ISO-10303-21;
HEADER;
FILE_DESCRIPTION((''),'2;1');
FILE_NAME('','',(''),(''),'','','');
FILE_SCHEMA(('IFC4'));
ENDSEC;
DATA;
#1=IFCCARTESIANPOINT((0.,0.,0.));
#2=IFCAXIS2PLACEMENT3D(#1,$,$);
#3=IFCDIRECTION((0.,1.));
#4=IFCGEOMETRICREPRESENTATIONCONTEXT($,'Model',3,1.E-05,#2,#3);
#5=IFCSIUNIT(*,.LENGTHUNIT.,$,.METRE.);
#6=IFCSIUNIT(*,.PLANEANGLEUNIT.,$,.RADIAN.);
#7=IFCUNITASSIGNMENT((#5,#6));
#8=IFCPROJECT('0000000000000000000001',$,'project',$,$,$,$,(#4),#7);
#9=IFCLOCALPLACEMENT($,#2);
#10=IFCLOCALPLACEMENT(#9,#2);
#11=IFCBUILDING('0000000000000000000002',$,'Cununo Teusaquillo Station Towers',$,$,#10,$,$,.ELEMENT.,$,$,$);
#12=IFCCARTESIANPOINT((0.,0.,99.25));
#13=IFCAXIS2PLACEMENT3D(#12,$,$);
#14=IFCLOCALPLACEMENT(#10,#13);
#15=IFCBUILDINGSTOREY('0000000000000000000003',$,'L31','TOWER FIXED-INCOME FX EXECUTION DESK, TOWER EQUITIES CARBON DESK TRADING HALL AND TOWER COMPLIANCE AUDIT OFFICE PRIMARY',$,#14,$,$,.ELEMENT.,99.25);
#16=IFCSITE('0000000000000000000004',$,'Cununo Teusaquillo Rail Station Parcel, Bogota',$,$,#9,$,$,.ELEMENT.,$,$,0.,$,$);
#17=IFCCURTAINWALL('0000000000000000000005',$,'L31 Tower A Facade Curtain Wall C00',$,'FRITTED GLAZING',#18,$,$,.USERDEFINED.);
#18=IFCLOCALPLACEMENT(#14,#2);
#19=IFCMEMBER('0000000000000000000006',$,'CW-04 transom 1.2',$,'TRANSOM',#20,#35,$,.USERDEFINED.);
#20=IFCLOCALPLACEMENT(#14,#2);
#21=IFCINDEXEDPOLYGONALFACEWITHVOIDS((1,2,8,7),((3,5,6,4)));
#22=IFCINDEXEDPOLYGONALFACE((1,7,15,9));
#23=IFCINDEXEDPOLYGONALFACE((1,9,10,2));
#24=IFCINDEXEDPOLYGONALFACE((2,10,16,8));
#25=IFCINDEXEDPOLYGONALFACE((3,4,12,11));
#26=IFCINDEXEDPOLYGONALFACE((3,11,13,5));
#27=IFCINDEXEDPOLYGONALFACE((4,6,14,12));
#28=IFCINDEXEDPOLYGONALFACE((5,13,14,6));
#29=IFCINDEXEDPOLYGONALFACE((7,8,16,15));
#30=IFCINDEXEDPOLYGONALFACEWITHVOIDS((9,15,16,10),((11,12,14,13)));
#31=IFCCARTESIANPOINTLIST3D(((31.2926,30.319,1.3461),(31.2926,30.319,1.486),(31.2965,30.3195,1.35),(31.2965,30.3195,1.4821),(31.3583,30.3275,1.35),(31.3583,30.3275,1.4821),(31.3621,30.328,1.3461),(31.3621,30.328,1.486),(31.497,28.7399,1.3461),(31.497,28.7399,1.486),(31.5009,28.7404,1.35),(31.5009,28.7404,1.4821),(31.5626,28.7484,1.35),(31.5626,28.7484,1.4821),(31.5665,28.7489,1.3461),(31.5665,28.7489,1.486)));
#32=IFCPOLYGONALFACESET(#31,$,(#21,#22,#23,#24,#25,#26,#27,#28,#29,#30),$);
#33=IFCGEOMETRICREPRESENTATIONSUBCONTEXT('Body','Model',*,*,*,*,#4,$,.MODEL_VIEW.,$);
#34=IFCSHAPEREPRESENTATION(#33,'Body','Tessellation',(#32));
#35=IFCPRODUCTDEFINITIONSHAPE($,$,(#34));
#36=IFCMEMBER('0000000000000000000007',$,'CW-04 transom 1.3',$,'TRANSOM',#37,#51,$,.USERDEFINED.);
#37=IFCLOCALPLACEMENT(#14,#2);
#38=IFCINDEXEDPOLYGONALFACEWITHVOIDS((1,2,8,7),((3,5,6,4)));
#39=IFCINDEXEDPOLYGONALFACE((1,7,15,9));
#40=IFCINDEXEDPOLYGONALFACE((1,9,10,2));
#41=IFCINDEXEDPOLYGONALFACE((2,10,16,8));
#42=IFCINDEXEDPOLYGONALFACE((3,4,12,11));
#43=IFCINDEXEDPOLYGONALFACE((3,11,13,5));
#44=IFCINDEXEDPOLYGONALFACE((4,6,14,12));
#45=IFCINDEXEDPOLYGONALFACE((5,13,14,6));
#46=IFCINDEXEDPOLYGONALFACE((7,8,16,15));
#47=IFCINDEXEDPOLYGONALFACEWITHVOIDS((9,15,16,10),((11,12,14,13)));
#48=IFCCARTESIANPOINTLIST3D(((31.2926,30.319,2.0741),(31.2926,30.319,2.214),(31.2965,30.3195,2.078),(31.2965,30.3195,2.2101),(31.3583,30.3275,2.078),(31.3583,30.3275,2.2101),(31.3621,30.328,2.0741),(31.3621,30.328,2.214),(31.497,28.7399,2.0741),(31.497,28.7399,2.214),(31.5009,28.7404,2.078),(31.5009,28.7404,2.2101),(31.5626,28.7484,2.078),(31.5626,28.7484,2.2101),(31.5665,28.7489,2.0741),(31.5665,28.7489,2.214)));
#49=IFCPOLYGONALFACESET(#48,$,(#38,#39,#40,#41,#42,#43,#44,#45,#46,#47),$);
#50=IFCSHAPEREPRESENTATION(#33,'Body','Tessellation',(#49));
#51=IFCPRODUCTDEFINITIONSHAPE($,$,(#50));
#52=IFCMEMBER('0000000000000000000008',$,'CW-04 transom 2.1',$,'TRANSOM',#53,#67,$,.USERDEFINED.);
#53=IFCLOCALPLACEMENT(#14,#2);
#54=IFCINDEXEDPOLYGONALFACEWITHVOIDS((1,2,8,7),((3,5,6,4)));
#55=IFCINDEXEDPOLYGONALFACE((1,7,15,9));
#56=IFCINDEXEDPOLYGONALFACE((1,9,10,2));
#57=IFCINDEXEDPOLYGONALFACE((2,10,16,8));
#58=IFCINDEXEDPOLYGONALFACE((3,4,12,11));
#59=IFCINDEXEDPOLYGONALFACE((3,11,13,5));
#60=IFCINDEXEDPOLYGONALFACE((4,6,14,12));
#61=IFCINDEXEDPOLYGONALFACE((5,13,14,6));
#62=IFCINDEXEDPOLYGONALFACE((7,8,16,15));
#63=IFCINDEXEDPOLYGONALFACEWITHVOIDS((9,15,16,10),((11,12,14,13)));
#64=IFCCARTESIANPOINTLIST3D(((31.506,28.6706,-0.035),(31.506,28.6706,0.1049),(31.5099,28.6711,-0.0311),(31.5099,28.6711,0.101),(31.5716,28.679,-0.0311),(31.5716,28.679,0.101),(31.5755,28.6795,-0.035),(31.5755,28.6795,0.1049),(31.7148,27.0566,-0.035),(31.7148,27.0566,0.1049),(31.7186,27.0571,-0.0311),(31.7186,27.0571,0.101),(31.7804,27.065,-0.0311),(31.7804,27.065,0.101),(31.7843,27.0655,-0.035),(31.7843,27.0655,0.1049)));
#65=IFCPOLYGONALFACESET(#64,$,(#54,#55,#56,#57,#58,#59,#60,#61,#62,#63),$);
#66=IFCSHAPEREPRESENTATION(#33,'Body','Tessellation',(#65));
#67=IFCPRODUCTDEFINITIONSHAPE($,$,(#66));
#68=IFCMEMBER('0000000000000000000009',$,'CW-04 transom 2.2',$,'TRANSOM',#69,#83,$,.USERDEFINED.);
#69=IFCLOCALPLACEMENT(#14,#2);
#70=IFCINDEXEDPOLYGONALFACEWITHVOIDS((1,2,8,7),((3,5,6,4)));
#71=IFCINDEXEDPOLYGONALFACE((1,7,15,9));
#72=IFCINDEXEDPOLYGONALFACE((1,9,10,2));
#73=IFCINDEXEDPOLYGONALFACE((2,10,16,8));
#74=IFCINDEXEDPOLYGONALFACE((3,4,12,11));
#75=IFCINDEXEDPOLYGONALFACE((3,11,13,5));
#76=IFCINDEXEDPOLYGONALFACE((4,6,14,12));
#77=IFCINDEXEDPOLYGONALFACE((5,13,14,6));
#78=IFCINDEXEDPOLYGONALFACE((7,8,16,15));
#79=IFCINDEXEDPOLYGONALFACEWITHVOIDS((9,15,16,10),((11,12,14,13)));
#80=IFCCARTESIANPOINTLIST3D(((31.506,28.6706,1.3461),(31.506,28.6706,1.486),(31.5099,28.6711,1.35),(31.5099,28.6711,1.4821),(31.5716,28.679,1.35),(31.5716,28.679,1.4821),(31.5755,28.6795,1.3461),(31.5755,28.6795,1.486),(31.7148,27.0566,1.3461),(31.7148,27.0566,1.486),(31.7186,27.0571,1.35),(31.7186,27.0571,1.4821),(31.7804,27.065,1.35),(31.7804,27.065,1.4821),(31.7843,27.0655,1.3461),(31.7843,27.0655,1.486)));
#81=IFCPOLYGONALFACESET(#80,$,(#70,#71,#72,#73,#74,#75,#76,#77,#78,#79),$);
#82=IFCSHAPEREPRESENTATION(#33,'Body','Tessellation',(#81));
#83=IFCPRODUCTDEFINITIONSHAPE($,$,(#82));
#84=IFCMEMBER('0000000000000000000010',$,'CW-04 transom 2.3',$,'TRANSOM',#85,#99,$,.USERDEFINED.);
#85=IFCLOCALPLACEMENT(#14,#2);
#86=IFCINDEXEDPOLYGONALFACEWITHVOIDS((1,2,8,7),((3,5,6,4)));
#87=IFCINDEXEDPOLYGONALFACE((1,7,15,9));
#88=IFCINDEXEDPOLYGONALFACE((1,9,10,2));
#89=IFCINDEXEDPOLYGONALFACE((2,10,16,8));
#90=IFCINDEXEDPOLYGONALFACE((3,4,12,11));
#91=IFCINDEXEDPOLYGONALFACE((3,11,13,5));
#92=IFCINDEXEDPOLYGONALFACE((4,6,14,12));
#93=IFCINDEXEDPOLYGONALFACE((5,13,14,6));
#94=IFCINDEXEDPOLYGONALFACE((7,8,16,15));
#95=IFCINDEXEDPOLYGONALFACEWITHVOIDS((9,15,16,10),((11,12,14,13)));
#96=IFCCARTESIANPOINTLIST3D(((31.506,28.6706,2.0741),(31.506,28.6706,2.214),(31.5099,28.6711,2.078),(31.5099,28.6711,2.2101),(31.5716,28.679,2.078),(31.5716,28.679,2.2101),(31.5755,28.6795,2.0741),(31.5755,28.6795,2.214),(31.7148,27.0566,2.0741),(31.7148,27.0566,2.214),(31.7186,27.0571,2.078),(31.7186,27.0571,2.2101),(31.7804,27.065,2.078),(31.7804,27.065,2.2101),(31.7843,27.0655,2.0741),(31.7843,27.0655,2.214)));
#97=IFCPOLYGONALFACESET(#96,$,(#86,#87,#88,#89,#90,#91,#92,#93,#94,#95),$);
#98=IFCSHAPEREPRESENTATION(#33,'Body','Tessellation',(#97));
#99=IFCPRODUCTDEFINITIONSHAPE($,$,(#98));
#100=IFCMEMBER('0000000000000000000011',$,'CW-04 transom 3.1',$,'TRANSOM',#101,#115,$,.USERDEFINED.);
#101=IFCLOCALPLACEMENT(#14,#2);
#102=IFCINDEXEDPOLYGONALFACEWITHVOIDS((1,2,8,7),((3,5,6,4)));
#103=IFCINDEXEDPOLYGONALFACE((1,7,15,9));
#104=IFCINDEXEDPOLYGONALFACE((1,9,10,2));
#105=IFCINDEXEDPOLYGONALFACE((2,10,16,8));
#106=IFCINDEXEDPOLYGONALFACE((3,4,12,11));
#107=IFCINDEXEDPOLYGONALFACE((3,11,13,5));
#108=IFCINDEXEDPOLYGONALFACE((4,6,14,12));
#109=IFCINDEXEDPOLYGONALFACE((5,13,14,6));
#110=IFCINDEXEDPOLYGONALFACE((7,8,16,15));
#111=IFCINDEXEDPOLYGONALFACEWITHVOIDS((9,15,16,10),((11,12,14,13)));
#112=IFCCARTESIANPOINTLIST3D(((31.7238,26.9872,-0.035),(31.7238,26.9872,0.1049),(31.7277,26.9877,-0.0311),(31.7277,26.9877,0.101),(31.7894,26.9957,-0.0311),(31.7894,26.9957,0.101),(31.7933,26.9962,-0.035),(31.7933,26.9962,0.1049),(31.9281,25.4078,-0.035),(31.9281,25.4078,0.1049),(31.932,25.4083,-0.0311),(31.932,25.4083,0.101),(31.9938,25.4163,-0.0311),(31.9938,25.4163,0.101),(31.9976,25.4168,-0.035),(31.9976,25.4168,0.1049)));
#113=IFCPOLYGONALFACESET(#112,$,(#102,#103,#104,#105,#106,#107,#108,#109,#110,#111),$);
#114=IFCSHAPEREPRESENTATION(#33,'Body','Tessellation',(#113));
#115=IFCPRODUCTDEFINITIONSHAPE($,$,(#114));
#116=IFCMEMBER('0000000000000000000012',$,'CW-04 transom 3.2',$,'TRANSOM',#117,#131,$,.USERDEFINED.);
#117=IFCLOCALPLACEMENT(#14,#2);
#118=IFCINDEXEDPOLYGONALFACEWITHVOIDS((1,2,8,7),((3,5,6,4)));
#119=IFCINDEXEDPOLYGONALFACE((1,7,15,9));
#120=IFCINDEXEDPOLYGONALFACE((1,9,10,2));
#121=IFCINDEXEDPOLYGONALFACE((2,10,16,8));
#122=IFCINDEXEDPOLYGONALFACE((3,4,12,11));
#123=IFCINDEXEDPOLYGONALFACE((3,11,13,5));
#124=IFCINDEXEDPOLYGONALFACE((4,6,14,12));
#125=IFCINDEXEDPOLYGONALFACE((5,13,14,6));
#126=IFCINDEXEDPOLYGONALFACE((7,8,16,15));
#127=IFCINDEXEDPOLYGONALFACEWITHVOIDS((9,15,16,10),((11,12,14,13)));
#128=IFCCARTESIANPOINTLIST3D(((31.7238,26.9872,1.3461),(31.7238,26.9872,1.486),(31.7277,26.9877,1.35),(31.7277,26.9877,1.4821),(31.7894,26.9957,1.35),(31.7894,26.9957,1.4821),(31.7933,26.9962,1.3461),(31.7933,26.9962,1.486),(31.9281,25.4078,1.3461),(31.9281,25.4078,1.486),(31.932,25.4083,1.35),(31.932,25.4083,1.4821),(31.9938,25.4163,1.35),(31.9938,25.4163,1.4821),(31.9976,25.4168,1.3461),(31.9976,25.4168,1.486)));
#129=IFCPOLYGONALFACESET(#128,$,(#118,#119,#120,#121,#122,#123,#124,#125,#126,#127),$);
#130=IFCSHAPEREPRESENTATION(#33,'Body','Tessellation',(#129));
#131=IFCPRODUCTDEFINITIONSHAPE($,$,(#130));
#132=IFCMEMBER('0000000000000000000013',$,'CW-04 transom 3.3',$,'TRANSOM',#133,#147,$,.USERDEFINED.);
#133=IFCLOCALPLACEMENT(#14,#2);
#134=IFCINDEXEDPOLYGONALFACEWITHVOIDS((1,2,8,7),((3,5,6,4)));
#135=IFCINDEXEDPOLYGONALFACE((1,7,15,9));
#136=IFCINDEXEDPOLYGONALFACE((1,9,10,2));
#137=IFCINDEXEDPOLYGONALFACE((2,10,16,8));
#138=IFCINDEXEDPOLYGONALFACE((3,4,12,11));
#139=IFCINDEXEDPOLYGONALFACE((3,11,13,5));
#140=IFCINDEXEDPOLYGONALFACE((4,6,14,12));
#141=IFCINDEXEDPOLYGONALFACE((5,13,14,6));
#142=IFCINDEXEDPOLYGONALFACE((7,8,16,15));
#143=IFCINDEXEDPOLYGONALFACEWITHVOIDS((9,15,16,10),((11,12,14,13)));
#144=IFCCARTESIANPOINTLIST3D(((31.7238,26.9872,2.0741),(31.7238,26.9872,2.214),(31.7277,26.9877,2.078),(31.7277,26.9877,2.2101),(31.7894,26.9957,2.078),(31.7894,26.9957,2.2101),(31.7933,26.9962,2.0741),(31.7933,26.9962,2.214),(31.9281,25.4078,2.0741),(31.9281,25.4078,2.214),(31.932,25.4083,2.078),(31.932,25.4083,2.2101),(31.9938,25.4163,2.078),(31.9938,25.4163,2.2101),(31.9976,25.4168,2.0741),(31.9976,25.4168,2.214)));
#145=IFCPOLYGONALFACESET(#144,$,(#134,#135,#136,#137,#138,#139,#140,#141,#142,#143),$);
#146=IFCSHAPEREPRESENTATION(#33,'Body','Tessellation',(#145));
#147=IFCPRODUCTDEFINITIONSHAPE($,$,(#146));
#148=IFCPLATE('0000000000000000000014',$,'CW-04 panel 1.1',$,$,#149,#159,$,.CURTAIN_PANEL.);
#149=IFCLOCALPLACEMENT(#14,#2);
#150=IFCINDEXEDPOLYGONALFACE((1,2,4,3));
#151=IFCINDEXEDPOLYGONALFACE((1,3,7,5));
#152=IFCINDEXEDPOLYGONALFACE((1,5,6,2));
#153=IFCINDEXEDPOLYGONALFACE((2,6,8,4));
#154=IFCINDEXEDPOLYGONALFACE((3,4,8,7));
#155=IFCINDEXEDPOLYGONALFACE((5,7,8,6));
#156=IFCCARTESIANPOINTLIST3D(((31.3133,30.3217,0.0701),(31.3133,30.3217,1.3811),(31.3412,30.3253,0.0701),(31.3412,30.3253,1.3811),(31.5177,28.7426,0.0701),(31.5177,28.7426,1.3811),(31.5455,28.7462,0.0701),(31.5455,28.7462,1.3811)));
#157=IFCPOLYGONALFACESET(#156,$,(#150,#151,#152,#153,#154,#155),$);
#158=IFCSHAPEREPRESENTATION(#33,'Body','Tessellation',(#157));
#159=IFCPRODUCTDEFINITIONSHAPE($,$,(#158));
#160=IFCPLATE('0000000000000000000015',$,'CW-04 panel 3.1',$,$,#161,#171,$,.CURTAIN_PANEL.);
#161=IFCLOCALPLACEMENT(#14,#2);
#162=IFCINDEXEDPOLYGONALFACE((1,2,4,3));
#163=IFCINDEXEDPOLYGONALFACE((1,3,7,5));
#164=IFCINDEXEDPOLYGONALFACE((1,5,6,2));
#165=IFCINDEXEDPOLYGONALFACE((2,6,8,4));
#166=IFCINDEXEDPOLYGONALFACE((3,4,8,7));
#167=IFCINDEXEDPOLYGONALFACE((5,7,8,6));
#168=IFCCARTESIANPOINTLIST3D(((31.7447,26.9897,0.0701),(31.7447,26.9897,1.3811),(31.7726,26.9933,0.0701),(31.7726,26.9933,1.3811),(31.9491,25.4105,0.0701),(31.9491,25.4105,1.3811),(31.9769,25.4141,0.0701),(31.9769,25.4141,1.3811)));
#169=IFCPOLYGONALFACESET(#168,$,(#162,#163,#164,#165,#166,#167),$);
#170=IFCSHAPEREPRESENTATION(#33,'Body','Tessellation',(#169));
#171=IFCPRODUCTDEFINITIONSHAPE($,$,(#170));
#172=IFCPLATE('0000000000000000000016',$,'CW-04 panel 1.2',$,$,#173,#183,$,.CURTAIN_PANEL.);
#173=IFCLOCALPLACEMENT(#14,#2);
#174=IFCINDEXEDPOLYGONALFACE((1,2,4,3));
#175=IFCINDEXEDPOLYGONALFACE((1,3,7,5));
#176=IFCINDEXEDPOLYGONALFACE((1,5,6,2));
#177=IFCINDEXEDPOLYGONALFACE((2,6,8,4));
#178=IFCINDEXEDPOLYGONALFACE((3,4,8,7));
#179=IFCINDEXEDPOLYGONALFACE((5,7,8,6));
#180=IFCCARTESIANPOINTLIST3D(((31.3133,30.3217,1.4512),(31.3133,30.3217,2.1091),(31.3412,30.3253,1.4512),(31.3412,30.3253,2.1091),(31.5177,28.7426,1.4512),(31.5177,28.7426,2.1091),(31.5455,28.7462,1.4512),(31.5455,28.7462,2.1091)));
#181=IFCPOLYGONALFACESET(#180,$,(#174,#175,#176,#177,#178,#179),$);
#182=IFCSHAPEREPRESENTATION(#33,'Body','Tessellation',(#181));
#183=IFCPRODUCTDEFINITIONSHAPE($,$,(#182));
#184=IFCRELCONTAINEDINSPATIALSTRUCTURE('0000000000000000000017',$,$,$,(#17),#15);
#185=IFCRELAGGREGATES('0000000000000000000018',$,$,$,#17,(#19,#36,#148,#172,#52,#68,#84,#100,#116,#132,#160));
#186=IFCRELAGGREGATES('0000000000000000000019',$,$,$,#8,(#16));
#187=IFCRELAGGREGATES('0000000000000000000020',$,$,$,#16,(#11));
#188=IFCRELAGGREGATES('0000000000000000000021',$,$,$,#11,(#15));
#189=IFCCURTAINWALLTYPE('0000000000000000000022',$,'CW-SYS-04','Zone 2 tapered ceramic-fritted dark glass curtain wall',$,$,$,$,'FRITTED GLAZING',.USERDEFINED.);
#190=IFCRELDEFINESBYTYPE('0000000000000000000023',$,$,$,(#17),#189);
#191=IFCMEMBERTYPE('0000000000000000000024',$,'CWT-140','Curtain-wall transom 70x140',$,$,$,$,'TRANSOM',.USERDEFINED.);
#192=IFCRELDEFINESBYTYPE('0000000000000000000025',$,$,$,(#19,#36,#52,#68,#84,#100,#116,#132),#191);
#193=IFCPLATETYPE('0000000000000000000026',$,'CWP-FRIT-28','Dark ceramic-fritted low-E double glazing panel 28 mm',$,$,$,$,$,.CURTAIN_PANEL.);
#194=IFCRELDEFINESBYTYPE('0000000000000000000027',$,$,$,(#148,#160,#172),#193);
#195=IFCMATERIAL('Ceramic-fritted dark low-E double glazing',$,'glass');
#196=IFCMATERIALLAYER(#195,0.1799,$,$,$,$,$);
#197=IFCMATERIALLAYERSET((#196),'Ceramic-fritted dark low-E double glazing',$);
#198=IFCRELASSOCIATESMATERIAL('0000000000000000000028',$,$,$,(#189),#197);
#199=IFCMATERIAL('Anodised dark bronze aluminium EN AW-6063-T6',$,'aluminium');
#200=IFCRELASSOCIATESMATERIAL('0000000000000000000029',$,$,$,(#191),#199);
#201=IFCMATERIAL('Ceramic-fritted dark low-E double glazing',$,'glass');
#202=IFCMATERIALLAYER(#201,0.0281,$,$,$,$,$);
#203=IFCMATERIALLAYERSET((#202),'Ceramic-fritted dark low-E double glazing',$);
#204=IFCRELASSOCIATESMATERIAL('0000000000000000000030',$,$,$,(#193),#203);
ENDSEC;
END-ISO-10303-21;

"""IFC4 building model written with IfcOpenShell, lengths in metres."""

from ifc_helpers import new_model, si_unit, direction, frame, origin, origin_2d, place, context, subcontext, project, spatial, rectangle, hollow_rectangle, extrude, source, transform, mapped, material, layer, layer_set, material_profile, profile_set, type_object, element, aggregate, save


model = new_model("IFC4")

# Units and contexts
model_context = context("Model", 3, precision=1e-05, world=origin(), true_north=direction((0.0, 1.0)))
body_context = subcontext(model_context, "Body", "Model", "MODEL_VIEW")
ifc_project = project(units=[si_unit("LENGTHUNIT", "METRE"), si_unit("PLANEANGLEUNIT", "RADIAN")], contexts=[model_context])

# Site, building, storey
site_placement = place(None, origin())
site = spatial("IfcSite", under=ifc_project, at=site_placement, Name="Cununo Teusaquillo Rail Station Parcel, Bogota", CompositionType="ELEMENT", RefElevation=0.0)
building_placement = place(site_placement, origin())
building = spatial("IfcBuilding", under=site, at=building_placement, Name="Cununo Teusaquillo Station Towers", CompositionType="ELEMENT")
storey_placement = place(building_placement, frame((0.0, 0.0, 99.25)))
storey = spatial("IfcBuildingStorey", under=building, at=storey_placement, Name="L31", Description="TOWER FIXED-INCOME FX EXECUTION DESK, TOWER EQUITIES CARBON DESK TRADING HALL AND TOWER COMPLIANCE AUDIT OFFICE PRIMARY", CompositionType="ELEMENT", Elevation=99.25)

# Curtain wall, members, plates
ifc_material_1 = material(Name="Ceramic-fritted dark low-E double glazing", Category="glass")
ifc_layer_1 = layer(ifc_material_1, 0.1799)
ifc_layer_set_1 = layer_set([ifc_layer_1], Name="Ceramic-fritted dark low-E double glazing")
curtain_wall_type = type_object("IfcCurtainWallType", Name="CW-SYS-04", Description="Zone 2 tapered ceramic-fritted dark glass curtain wall", ElementType="FRITTED GLAZING", PredefinedType="USERDEFINED", material=ifc_layer_set_1)
curtain_wall_placement = place(storey_placement, origin())
curtain_wall = element("IfcCurtainWall", 1, at=curtain_wall_placement, inside=storey, type_object=curtain_wall_type, Name="L31 Tower A Facade Curtain Wall C00", ObjectType="FRITTED GLAZING", PredefinedType="USERDEFINED")
ifc_material_2 = material(Name="Anodised dark bronze aluminium EN AW-6063-T6", Category="aluminium")
ifc_material_profile_1 = material_profile(ifc_material_2, hollow_rectangle(XDim=0.0701, YDim=0.1399, WallThickness=0.0039, at=origin_2d()), Name="CW-TRAN-70x140")
ifc_profile_set_1 = profile_set([ifc_material_profile_1], Name="Anodised dark bronze aluminium EN AW-6063-T6")
member_type_1 = type_object("IfcMemberType", Name="CWT-140", Description="Curtain-wall transom 70x140", ElementType="TRANSOM", PredefinedType="USERDEFINED", material=ifc_profile_set_1)
member_1_placement = place(storey_placement, frame((31.3274, 30.3235, 1.416), z_axis=(0.128336, -0.991731, 0.0), x_axis=(0.991731, 0.128336, 0.0)))
member_1 = element("IfcMember", 2, at=member_1_placement, type_object=member_type_1, Name="CW-04 transom 1.2", ObjectType="TRANSOM", PredefinedType="USERDEFINED", context=body_context, shape_type="SweptSolid", body=[
    extrude(hollow_rectangle(XDim=0.0701, YDim=0.1399, WallThickness=0.0039, at=origin_2d()), origin(), (0.0, 0.0, 1.0), 1.5923),
])
member_2_placement = place(storey_placement, frame((31.3274, 30.3235, 2.144), z_axis=(0.128336, -0.991731, 0.0), x_axis=(0.991731, 0.128336, 0.0)))
member_2 = element("IfcMember", 3, at=member_2_placement, type_object=member_type_1, Name="CW-04 transom 1.3", ObjectType="TRANSOM", PredefinedType="USERDEFINED", context=body_context, shape_type="SweptSolid", body=[
    extrude(hollow_rectangle(XDim=0.0701, YDim=0.1399, WallThickness=0.0039, at=origin_2d()), origin(), (0.0, 0.0, 1.0), 1.5923),
])
member_3_placement = place(storey_placement, frame((31.5408, 28.675, 0.0349), z_axis=(0.128262, -0.99174, 0.0), x_axis=(0.99174, 0.128262, 0.0)))
member_3 = element("IfcMember", 4, at=member_3_placement, type_object=member_type_1, Name="CW-04 transom 2.1", ObjectType="TRANSOM", PredefinedType="USERDEFINED", context=body_context, shape_type="SweptSolid", body=[
    extrude(hollow_rectangle(XDim=0.0701, YDim=0.1399, WallThickness=0.0039, at=origin_2d()), origin(), (0.0, 0.0, 1.0), 1.6274),
])
member_4_placement = place(storey_placement, frame((31.5408, 28.675, 1.416), z_axis=(0.128262, -0.99174, 0.0), x_axis=(0.99174, 0.128262, 0.0)))
member_4 = element("IfcMember", 5, at=member_4_placement, type_object=member_type_1, Name="CW-04 transom 2.2", ObjectType="TRANSOM", PredefinedType="USERDEFINED", context=body_context, shape_type="SweptSolid", body=[
    extrude(hollow_rectangle(XDim=0.0701, YDim=0.1399, WallThickness=0.0039, at=origin_2d()), origin(), (0.0, 0.0, 1.0), 1.6274),
])
member_5_placement = place(storey_placement, frame((31.5408, 28.675, 2.144), z_axis=(0.128262, -0.99174, 0.0), x_axis=(0.99174, 0.128262, 0.0)))
member_5 = element("IfcMember", 6, at=member_5_placement, type_object=member_type_1, Name="CW-04 transom 2.3", ObjectType="TRANSOM", PredefinedType="USERDEFINED", context=body_context, shape_type="SweptSolid", body=[
    extrude(hollow_rectangle(XDim=0.0701, YDim=0.1399, WallThickness=0.0039, at=origin_2d()), origin(), (0.0, 0.0, 1.0), 1.6274),
])
member_6_placement = place(storey_placement, frame((31.7585, 26.9917, 0.0349), z_axis=(0.128317, -0.991733, 0.0), x_axis=(0.991733, 0.128317, 0.0)))
member_6 = element("IfcMember", 7, at=member_6_placement, type_object=member_type_1, Name="CW-04 transom 3.1", ObjectType="TRANSOM", PredefinedType="USERDEFINED", context=body_context, shape_type="SweptSolid", body=[
    extrude(hollow_rectangle(XDim=0.0701, YDim=0.1399, WallThickness=0.0039, at=origin_2d()), origin(), (0.0, 0.0, 1.0), 1.5925),
])
member_7_placement = place(storey_placement, frame((31.7585, 26.9917, 1.416), z_axis=(0.128317, -0.991733, 0.0), x_axis=(0.991733, 0.128317, 0.0)))
member_7 = element("IfcMember", 8, at=member_7_placement, type_object=member_type_1, Name="CW-04 transom 3.2", ObjectType="TRANSOM", PredefinedType="USERDEFINED", context=body_context, shape_type="SweptSolid", body=[
    extrude(hollow_rectangle(XDim=0.0701, YDim=0.1399, WallThickness=0.0039, at=origin_2d()), origin(), (0.0, 0.0, 1.0), 1.5925),
])
member_8_placement = place(storey_placement, frame((31.7585, 26.9917, 2.144), z_axis=(0.128317, -0.991733, 0.0), x_axis=(0.991733, 0.128317, 0.0)))
member_8 = element("IfcMember", 9, at=member_8_placement, type_object=member_type_1, Name="CW-04 transom 3.3", ObjectType="TRANSOM", PredefinedType="USERDEFINED", context=body_context, shape_type="SweptSolid", body=[
    extrude(hollow_rectangle(XDim=0.0701, YDim=0.1399, WallThickness=0.0039, at=origin_2d()), origin(), (0.0, 0.0, 1.0), 1.5925),
])
ifc_material_3 = material(Name="Ceramic-fritted dark low-E double glazing", Category="glass")
ifc_layer_2 = layer(ifc_material_3, 0.0281)
ifc_layer_set_2 = layer_set([ifc_layer_2], Name="Ceramic-fritted dark low-E double glazing")
plate_type = type_object("IfcPlateType", Name="CWP-FRIT-28", Description="Dark ceramic-fritted low-E double glazing panel 28 mm", PredefinedType="CURTAIN_PANEL", material=ifc_layer_set_2)
shared_shape_1 = source(origin(), body_context, "Body", "SweptSolid", [
    extrude(rectangle(XDim=1.5923, YDim=0.0281, at=origin_2d()), origin(), (0.0, 0.0, 1.0), 1.311),
])
plate_1_placement = place(storey_placement, frame((31.4294, 29.5339, 0.0701), z_axis=(0.0, 0.0, 1.0), x_axis=(0.128336, -0.991731, 0.0)))
plate_1 = element("IfcPlate", 10, at=plate_1_placement, type_object=plate_type, Name="CW-04 panel 1.1", PredefinedType="CURTAIN_PANEL", context=body_context, shape_type="MappedRepresentation", body=[
    mapped(shared_shape_1, transform((0.0, 0.0, 0.0), x_axis=(1.0, 0.0, 0.0), y_axis=(0.0, 1.0, 0.0), z_axis=(0.0, 0.0, 1.0), scale=1.0)),
])
plate_2_placement = place(storey_placement, frame((31.8608, 26.2019, 0.0701), z_axis=(0.0, 0.0, 1.0), x_axis=(0.128336, -0.991731, 0.0)))
plate_2 = element("IfcPlate", 11, at=plate_2_placement, type_object=plate_type, Name="CW-04 panel 3.1", PredefinedType="CURTAIN_PANEL", context=body_context, shape_type="MappedRepresentation", body=[
    mapped(shared_shape_1, transform((0.0, 0.0, 0.0), x_axis=(1.0, 0.0, 0.0), y_axis=(0.0, 1.0, 0.0), z_axis=(0.0, 0.0, 1.0), scale=1.0)),
])
shared_shape_2 = source(origin(), body_context, "Body", "SweptSolid", [
    extrude(rectangle(XDim=1.5923, YDim=0.0281, at=origin_2d()), origin(), (0.0, 0.0, 1.0), 0.658),
])
plate_3_placement = place(storey_placement, frame((31.4294, 29.5339, 1.4512), z_axis=(0.0, 0.0, 1.0), x_axis=(0.128336, -0.991731, 0.0)))
plate_3 = element("IfcPlate", 12, at=plate_3_placement, type_object=plate_type, Name="CW-04 panel 1.2", PredefinedType="CURTAIN_PANEL", context=body_context, shape_type="MappedRepresentation", body=[
    mapped(shared_shape_2, transform((0.0, 0.0, 0.0), x_axis=(1.0, 0.0, 0.0), y_axis=(0.0, 1.0, 0.0), z_axis=(0.0, 0.0, 1.0), scale=1.0)),
])
aggregate(curtain_wall, [member_1, member_2, plate_1, plate_3, member_3, member_4, member_5, member_6, member_7, member_8, plate_2])

save(model, "model.ifc")
